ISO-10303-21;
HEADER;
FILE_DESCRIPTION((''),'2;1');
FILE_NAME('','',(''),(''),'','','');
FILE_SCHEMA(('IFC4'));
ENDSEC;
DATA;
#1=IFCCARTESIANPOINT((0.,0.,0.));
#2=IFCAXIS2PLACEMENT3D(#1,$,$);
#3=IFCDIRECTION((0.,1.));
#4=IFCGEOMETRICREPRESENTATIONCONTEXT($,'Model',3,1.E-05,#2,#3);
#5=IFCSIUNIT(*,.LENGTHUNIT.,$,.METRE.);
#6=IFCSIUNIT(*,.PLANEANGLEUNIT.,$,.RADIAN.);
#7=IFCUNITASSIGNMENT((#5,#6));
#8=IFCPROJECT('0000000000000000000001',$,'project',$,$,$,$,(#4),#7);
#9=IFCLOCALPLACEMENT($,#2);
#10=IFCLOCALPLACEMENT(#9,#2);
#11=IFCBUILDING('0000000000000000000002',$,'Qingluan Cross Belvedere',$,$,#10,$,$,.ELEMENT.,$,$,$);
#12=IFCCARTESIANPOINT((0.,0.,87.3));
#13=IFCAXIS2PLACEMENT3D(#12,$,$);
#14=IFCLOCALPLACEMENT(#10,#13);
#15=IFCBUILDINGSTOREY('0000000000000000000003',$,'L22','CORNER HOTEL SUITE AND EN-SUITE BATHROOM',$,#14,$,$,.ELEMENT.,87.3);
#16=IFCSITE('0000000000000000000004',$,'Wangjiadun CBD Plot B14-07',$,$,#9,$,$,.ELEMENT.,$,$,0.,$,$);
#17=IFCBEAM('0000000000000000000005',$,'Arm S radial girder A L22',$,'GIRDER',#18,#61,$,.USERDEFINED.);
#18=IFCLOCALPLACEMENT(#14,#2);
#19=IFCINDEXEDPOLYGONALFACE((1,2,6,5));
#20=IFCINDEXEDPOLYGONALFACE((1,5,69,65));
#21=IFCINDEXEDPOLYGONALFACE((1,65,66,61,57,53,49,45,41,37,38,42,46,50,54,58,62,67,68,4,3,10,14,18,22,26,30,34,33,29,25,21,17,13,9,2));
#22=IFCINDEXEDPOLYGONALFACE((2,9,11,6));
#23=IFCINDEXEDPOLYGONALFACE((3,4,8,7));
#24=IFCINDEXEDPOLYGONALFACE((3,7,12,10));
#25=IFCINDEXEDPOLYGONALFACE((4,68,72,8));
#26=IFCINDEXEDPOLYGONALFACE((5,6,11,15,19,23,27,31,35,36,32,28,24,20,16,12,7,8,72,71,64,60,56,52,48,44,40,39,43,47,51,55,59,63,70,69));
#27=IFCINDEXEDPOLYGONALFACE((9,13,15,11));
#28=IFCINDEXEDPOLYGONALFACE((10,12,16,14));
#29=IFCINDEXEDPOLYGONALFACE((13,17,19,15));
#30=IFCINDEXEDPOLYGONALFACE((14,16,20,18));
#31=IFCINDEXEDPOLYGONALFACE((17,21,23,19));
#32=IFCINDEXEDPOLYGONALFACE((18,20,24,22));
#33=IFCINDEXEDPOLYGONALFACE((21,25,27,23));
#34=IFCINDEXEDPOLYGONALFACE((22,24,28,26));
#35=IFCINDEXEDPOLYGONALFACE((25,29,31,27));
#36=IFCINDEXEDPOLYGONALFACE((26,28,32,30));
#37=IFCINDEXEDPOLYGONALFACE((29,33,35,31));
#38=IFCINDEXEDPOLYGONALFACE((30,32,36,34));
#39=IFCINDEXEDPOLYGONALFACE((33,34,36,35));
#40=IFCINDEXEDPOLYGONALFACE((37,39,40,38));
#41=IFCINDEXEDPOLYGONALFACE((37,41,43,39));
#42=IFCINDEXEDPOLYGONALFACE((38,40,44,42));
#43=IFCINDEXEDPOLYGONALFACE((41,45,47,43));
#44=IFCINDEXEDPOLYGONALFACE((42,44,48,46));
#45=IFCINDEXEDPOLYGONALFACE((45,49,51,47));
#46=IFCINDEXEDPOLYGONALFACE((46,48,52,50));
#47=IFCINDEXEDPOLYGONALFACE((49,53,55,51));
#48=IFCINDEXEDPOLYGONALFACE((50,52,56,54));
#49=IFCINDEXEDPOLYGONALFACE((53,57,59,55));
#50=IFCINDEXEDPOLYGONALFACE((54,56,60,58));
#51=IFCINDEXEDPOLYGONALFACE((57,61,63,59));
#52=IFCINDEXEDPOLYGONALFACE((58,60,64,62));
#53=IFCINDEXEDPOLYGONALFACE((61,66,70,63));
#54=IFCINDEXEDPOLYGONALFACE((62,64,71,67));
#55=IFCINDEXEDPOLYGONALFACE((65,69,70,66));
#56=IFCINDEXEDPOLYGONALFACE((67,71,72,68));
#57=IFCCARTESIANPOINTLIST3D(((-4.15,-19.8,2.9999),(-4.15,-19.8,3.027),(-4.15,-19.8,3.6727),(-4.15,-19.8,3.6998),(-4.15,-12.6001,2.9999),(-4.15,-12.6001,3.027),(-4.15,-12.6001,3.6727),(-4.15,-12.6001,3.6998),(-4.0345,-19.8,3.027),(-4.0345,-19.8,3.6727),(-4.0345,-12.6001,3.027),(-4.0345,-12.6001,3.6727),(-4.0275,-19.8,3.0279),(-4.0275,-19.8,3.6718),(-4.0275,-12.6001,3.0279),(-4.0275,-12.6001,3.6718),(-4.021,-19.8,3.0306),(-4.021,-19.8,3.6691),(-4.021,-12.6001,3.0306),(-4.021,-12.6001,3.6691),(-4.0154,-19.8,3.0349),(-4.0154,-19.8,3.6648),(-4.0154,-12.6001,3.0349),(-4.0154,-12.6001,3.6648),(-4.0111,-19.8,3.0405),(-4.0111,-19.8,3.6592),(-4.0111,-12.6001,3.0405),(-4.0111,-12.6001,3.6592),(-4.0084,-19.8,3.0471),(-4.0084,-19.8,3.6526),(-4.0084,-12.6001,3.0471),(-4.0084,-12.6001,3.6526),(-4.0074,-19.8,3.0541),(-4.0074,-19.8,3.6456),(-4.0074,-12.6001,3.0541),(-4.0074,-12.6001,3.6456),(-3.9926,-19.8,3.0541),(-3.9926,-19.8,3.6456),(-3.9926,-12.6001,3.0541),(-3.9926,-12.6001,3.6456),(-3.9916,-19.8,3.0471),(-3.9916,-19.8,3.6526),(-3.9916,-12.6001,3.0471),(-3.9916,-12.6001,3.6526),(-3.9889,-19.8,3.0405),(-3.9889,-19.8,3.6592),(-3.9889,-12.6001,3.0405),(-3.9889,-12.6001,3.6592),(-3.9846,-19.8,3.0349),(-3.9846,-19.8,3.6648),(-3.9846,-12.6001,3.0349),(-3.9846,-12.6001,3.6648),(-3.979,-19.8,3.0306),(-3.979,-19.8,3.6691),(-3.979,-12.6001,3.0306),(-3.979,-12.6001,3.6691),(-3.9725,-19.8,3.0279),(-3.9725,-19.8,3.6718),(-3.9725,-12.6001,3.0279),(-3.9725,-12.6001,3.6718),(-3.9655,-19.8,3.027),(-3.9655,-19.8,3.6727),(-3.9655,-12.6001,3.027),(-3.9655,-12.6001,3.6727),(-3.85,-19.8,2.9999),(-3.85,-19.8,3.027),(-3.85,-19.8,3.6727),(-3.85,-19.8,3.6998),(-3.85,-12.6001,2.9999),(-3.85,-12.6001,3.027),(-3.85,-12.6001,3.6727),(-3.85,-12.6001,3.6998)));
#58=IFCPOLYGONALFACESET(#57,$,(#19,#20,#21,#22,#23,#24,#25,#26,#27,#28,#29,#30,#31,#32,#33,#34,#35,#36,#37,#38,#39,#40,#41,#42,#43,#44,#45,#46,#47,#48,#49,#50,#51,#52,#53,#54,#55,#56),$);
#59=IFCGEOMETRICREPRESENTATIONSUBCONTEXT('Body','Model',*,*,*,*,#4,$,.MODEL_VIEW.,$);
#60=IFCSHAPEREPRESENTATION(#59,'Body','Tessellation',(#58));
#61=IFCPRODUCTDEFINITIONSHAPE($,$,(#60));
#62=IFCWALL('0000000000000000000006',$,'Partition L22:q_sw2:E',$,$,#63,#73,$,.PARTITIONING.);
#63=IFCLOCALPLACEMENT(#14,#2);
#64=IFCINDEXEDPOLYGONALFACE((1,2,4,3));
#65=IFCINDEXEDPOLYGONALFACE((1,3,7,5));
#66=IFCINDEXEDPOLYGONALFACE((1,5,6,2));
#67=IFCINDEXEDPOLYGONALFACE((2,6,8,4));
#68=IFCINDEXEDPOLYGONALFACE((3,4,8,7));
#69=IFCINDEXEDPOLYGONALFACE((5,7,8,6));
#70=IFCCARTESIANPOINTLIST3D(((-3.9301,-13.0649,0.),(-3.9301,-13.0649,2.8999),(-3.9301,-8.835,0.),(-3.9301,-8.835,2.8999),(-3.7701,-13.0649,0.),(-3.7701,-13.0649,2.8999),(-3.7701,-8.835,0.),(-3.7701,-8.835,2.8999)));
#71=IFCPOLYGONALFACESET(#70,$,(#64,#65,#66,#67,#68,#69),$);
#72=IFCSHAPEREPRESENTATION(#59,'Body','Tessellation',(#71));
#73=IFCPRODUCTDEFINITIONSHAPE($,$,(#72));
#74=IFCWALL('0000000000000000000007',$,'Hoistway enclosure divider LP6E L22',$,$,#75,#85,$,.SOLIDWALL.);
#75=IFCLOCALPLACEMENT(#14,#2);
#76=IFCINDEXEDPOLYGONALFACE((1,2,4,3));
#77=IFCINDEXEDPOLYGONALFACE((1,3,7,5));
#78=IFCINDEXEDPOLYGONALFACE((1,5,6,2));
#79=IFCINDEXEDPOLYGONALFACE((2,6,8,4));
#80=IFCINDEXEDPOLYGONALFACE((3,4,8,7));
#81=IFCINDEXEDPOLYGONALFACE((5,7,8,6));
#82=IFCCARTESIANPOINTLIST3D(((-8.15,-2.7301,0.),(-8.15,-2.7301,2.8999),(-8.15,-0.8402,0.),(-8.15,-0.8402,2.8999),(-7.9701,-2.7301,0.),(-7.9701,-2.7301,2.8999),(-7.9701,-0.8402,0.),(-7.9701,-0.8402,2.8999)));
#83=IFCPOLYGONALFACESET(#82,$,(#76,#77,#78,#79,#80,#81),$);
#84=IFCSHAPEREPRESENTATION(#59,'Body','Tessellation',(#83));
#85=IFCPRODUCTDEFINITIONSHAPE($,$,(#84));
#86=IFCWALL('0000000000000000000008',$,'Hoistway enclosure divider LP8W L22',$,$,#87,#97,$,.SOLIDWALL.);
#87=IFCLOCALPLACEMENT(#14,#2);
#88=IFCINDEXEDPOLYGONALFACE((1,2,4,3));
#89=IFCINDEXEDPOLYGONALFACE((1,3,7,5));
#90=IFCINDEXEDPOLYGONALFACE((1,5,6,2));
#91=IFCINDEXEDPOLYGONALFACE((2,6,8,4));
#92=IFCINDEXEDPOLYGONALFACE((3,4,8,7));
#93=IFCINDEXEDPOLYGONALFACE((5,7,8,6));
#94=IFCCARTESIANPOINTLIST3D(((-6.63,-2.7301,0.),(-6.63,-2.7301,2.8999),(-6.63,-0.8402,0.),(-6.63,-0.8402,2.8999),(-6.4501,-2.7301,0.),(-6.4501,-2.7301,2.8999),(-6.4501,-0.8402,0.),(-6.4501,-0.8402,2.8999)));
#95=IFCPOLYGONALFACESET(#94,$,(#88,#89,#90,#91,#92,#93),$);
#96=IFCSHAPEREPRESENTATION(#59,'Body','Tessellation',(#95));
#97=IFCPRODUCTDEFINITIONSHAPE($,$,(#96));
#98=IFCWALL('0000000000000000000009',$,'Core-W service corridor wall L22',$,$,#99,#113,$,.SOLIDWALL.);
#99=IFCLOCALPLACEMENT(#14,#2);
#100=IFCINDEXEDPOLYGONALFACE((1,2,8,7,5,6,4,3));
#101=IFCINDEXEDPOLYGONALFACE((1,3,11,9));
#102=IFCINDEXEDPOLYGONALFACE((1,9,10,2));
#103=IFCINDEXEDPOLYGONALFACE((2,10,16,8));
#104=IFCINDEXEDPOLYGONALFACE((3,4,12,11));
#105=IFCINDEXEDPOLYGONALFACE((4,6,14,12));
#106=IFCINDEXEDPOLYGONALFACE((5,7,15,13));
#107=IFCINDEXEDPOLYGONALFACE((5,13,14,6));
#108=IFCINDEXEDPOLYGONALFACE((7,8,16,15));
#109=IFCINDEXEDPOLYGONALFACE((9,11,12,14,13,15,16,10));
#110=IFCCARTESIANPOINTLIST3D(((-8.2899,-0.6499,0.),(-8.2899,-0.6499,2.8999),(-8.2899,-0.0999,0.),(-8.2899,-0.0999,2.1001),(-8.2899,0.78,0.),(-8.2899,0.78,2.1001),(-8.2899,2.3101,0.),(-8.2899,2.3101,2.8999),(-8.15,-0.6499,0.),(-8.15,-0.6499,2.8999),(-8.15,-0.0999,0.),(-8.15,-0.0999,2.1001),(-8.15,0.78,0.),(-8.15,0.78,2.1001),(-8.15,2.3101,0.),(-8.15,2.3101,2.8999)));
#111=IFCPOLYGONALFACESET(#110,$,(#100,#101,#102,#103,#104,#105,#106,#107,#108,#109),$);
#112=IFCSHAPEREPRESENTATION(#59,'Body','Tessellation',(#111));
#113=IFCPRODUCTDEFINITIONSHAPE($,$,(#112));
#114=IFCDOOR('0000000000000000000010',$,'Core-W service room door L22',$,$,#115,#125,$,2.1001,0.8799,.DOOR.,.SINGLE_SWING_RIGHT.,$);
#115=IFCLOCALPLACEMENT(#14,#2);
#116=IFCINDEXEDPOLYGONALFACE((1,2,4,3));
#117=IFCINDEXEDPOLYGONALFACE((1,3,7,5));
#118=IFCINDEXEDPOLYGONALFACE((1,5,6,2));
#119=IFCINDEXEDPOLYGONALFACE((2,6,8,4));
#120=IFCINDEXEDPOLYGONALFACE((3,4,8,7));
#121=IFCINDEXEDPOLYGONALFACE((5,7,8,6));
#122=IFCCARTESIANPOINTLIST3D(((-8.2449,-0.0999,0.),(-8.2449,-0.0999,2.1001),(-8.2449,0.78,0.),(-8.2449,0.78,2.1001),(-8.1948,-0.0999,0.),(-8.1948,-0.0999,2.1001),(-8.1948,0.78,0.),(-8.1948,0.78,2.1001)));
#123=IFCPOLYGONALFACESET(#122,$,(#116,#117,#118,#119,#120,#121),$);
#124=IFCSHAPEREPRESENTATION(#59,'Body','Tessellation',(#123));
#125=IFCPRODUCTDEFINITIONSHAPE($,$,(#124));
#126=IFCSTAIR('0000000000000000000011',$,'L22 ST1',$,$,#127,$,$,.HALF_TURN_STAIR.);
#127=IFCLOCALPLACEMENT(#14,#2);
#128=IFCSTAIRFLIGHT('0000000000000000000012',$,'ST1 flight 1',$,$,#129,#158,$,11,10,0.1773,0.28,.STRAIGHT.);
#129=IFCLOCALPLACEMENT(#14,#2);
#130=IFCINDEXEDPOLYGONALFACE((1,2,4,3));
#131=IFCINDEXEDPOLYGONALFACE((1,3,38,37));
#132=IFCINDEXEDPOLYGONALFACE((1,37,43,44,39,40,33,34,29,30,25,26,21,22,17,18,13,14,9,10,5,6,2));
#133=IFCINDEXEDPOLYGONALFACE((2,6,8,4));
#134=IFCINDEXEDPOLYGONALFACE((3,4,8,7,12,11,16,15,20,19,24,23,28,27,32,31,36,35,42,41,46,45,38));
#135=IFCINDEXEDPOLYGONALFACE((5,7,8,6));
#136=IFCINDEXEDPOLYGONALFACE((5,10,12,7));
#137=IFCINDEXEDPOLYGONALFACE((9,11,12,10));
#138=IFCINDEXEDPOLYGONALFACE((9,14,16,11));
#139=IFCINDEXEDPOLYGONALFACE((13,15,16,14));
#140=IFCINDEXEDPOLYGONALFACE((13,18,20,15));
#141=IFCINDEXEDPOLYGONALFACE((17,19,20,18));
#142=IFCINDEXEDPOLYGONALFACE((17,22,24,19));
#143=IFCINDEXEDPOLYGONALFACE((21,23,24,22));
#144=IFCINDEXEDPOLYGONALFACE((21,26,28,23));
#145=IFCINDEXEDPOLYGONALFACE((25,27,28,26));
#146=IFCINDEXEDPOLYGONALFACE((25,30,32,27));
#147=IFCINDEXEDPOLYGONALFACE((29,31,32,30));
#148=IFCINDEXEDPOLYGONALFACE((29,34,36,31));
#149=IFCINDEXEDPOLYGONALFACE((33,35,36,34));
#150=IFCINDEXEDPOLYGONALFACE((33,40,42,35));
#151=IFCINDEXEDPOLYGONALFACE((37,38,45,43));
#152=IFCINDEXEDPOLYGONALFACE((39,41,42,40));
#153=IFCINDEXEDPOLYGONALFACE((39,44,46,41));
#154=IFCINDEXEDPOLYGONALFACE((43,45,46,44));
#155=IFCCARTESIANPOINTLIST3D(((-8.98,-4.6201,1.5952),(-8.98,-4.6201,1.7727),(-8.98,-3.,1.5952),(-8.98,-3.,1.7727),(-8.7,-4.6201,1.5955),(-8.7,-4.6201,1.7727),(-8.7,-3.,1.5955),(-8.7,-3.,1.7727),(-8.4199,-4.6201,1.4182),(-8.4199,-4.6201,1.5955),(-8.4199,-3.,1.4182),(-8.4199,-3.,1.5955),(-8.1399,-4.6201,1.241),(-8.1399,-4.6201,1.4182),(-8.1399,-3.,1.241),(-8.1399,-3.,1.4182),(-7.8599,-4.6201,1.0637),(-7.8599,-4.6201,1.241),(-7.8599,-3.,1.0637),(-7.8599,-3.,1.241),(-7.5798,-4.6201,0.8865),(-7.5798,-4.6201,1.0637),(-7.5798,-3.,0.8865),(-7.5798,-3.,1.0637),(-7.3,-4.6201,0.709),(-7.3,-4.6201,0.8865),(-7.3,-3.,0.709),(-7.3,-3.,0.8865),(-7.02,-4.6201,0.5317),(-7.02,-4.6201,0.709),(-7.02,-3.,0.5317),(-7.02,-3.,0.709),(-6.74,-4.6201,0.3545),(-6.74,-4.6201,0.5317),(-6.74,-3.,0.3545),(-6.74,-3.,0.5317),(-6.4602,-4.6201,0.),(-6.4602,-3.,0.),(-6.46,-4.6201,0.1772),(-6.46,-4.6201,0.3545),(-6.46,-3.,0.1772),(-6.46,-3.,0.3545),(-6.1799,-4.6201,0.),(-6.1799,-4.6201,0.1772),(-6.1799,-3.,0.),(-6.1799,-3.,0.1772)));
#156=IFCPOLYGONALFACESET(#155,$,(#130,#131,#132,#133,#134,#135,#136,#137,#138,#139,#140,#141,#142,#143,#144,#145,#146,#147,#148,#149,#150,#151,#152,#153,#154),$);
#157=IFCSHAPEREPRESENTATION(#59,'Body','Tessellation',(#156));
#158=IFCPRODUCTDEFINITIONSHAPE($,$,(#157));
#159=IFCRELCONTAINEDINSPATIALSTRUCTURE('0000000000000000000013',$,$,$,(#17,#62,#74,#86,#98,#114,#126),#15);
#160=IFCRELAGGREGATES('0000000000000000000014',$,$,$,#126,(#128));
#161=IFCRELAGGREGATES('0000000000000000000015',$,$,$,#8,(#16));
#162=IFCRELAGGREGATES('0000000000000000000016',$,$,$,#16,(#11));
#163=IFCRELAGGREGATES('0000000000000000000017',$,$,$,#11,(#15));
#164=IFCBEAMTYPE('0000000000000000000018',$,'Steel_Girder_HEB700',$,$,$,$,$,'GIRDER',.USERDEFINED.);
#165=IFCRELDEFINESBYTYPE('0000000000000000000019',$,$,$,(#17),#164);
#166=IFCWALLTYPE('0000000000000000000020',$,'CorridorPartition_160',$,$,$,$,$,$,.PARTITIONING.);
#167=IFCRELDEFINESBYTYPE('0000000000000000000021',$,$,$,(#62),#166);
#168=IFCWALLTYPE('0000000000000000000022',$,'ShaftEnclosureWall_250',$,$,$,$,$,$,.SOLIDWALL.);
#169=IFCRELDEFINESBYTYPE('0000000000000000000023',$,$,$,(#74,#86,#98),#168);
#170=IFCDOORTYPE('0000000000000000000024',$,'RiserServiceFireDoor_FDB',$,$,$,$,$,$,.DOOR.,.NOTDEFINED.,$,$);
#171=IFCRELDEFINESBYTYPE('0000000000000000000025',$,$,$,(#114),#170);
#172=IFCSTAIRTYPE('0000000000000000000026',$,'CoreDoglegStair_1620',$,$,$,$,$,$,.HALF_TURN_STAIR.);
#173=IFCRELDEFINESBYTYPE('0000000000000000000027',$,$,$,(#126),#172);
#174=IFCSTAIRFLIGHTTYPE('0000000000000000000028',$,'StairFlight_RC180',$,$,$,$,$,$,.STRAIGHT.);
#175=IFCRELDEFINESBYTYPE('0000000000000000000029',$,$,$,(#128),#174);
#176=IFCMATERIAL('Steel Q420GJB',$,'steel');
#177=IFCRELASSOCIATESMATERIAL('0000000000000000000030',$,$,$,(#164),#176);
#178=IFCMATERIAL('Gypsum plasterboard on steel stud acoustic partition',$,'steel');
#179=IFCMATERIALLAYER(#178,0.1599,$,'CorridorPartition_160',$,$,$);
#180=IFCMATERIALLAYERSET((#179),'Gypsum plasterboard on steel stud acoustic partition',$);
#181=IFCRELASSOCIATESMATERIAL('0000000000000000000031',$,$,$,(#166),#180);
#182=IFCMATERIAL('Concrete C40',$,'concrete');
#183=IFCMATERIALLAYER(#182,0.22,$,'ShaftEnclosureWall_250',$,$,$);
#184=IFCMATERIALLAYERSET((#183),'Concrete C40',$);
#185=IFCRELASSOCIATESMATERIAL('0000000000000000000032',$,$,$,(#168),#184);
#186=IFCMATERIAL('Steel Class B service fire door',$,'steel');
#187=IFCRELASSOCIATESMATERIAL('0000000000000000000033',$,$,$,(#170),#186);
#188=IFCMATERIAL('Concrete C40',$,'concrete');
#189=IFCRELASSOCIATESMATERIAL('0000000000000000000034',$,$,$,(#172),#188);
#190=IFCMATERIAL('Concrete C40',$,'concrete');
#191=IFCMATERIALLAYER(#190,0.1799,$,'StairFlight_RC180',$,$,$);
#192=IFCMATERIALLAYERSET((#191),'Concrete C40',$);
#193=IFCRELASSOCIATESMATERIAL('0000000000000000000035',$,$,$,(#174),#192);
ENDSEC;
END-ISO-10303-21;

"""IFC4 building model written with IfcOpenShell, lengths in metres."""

from ifc_helpers import new_model, si_unit, direction, frame, frame_2d, origin, origin_2d, place, context, subcontext, project, spatial, polyline, rectangle, i_section, outline, extrude, material, layer, layer_set, material_profile, profile_set, type_object, element, fill, aggregate, save


model = new_model("IFC4")

# Units and contexts
model_context = context("Model", 3, precision=1e-05, world=origin(), true_north=direction((0.0, 1.0)))
body_context = subcontext(model_context, "Body", "Model", "MODEL_VIEW")
ifc_project = project(units=[si_unit("LENGTHUNIT", "METRE"), si_unit("PLANEANGLEUNIT", "RADIAN")], contexts=[model_context])

# Site, building, storey
site_placement = place(None, origin())
site = spatial("IfcSite", under=ifc_project, at=site_placement, Name="Wangjiadun CBD Plot B14-07", CompositionType="ELEMENT", RefElevation=0.0)
building_placement = place(site_placement, origin())
building = spatial("IfcBuilding", under=site, at=building_placement, Name="Qingluan Cross Belvedere", CompositionType="ELEMENT")
storey_placement = place(building_placement, frame((0.0, 0.0, 87.3)))
storey = spatial("IfcBuildingStorey", under=building, at=storey_placement, Name="L22", Description="CORNER HOTEL SUITE AND EN-SUITE BATHROOM", CompositionType="ELEMENT", Elevation=87.3)

# Beam
ifc_material_1 = material(Name="Steel Q420GJB", Category="steel")
ifc_material_profile_1 = material_profile(ifc_material_1, i_section(OverallWidth=0.3, OverallDepth=0.7, WebThickness=0.0149, FlangeThickness=0.0271, FilletRadius=0.0271, at=origin_2d()), Name="HEB700")
ifc_profile_set_1 = profile_set([ifc_material_profile_1], Name="Steel Q420GJB")
beam_type_1 = type_object("IfcBeamType", Name="Steel_Girder_HEB700", ElementType="GIRDER", PredefinedType="USERDEFINED", material=ifc_profile_set_1)
beam_1_placement = place(storey_placement, frame((-4.0, -12.6001, 3.3499), z_axis=(0.0, -1.0, 0.0), x_axis=(1.0, 0.0, 0.0)))
element("IfcBeam", 1, at=beam_1_placement, inside=storey, type_object=beam_type_1, Name="Arm S radial girder A L22", ObjectType="GIRDER", PredefinedType="USERDEFINED", context=body_context, shape_type="SweptSolid", body=[
    extrude(i_section(OverallWidth=0.3, OverallDepth=0.7, WebThickness=0.0149, FlangeThickness=0.0271, FilletRadius=0.0271, at=origin_2d()), origin(), (0.0, 0.0, 1.0), 7.2),
])

# Shared definitions
ifc_material_2 = material(Name="Gypsum plasterboard on steel stud acoustic partition", Category="steel")
ifc_layer_1 = layer(ifc_material_2, 0.1599, Name="CorridorPartition_160")
ifc_layer_set_1 = layer_set([ifc_layer_1], Name="Gypsum plasterboard on steel stud acoustic partition")
wall_type_1 = type_object("IfcWallType", Name="CorridorPartition_160", PredefinedType="PARTITIONING", material=ifc_layer_set_1)

# Walls
wall_1_placement = place(storey_placement, frame((-3.8501, -13.0649, 0.0), z_axis=(0.0, 0.0, 1.0), x_axis=(0.0, 1.0, 0.0)))
element("IfcWall", 2, at=wall_1_placement, inside=storey, type_object=wall_type_1, Name="Partition L22:q_sw2:E", PredefinedType="PARTITIONING", context=body_context, shape_type="SweptSolid", body=[
    extrude(rectangle(XDim=4.23, YDim=0.1599, at=frame_2d((2.115, 0.0))), origin(), (0.0, 0.0, 1.0), 2.8999),
])
ifc_material_3 = material(Name="Concrete C40", Category="concrete")
ifc_layer_2 = layer(ifc_material_3, 0.22, Name="ShaftEnclosureWall_250")
ifc_layer_set_2 = layer_set([ifc_layer_2], Name="Concrete C40")
wall_type_2 = type_object("IfcWallType", Name="ShaftEnclosureWall_250", PredefinedType="SOLIDWALL", material=ifc_layer_set_2)
for number, where, z_axis, x_axis, name in (
    (3, (-8.0601, -2.73, 0.0), (0.0, 0.0, 1.0), (0.0, 1.0, 0.0), "Hoistway enclosure divider LP6E L22"),
    (4, (-6.54, -2.73, 0.0), (0.0, 0.0, 1.0), (0.0, 1.0, 0.0), "Hoistway enclosure divider LP8W L22"),
):
    element("IfcWall", number, at=place(storey_placement, frame(where, z_axis=z_axis, x_axis=x_axis)), inside=storey, type_object=wall_type_2, Name=name, PredefinedType="SOLIDWALL", context=body_context, shape_type="SweptSolid", body=[
        extrude(rectangle(XDim=1.8899, YDim=0.1799, at=frame_2d((0.9448, 0.0))), origin(), (0.0, 0.0, 1.0), 2.8999),
    ])

# Wall, opening, door
wall_2_placement = place(storey_placement, frame((-8.22, -0.6499, 0.0), z_axis=(0.0, 0.0, 1.0), x_axis=(0.0, 1.0, 0.0)))
wall_2 = element("IfcWall", 5, at=wall_2_placement, inside=storey, type_object=wall_type_2, Name="Core-W service corridor wall L22", PredefinedType="SOLIDWALL", context=body_context, shape_type="SweptSolid", body=[
    extrude(rectangle(XDim=2.96, YDim=0.1399, at=frame_2d((1.48, 0.0))), origin(), (0.0, 0.0, 1.0), 2.8999),
])
opening_1_placement = place(wall_2_placement, frame((0.55, 0.0, 0.0)))
opening_1 = element("IfcOpeningElement", 6, at=opening_1_placement, cuts=wall_2, PredefinedType="OPENING", context=body_context, shape_type="SweptSolid", body=[
    extrude(rectangle(XDim=0.8799, YDim=2.1001, at=frame_2d((0.4399, 1.05))), frame((0.0, 0.0798, 0.0), z_axis=(0.0, -1.0, 0.0), x_axis=(1.0, 0.0, 0.0)), (0.0, 0.0, 1.0), 0.1599),
])
ifc_material_4 = material(Name="Steel Class B service fire door", Category="steel")
door_type_1 = type_object("IfcDoorType", Name="RiserServiceFireDoor_FDB", OperationType="NOTDEFINED", PredefinedType="DOOR", material=ifc_material_4)
door_1_placement = place(opening_1_placement, origin())
door_1 = element("IfcDoor", 7, at=door_1_placement, inside=storey, type_object=door_type_1, Name="Core-W service room door L22", OperationType="SINGLE_SWING_RIGHT", OverallHeight=2.1001, OverallWidth=0.8799, PredefinedType="DOOR", context=body_context, shape_type="SweptSolid", body=[
    extrude(rectangle(XDim=0.8799, YDim=2.1001, at=frame_2d((0.4399, 1.05))), frame((0.0, 0.0249, 0.0), z_axis=(0.0, -1.0, 0.0), x_axis=(1.0, 0.0, 0.0)), (0.0, 0.0, 1.0), 0.05),
])
fill(opening_1, door_1)

# Stair, stair flight
ifc_material_5 = material(Name="Concrete C40", Category="concrete")
stair_type = type_object("IfcStairType", Name="CoreDoglegStair_1620", PredefinedType="HALF_TURN_STAIR", material=ifc_material_5)
stair_placement = place(storey_placement, origin())
stair = element("IfcStair", 8, at=stair_placement, inside=storey, type_object=stair_type, Name="L22 ST1", PredefinedType="HALF_TURN_STAIR")
ifc_material_6 = material(Name="Concrete C40", Category="concrete")
ifc_layer_3 = layer(ifc_material_6, 0.1799, Name="StairFlight_RC180")
ifc_layer_set_3 = layer_set([ifc_layer_3], Name="Concrete C40")
stair_flight_type = type_object("IfcStairFlightType", Name="StairFlight_RC180", PredefinedType="STRAIGHT", material=ifc_layer_set_3)
stair_flight_1_placement = place(storey_placement, frame((-6.1799, -3.8101, 0.0), z_axis=(0.0, 0.0, 1.0), x_axis=(-1.0, 0.0, 0.0)))
stair_flight_1 = element("IfcStairFlight", 9, at=stair_flight_1_placement, type_object=stair_flight_type, Name="ST1 flight 1", NumberOfRisers=11, NumberOfTreads=10, PredefinedType="STRAIGHT", RiserHeight=0.1773, TreadLength=0.28, context=body_context, shape_type="SweptSolid", body=[
    extrude(outline(polyline([(0.0, 0.0), (0.0, 0.1772), (0.28, 0.1772), (0.28, 0.3545), (0.5601, 0.3545), (0.5601, 0.5317), (0.8401, 0.5317), (0.8401, 0.709), (1.1201, 0.709), (1.1201, 0.8865), (1.3999, 0.8865), (1.3999, 1.0637), (1.6799, 1.0637), (1.6799, 1.241), (1.96, 1.241), (1.96, 1.4182), (2.24, 1.4182), (2.24, 1.5955), (2.52, 1.5955), (2.52, 1.7727), (2.8, 1.7727), (2.8, 1.95), (2.8, 1.5952), (0.2803, 0.0), (0.0, 0.0)])), frame((0.0, 0.8101, 0.0), z_axis=(0.0, -1.0, 0.0), x_axis=(1.0, 0.0, 0.0)), (0.0, 0.0, 1.0), 1.6201),
])
aggregate(stair, [stair_flight_1])

save(model, "model.ifc")
